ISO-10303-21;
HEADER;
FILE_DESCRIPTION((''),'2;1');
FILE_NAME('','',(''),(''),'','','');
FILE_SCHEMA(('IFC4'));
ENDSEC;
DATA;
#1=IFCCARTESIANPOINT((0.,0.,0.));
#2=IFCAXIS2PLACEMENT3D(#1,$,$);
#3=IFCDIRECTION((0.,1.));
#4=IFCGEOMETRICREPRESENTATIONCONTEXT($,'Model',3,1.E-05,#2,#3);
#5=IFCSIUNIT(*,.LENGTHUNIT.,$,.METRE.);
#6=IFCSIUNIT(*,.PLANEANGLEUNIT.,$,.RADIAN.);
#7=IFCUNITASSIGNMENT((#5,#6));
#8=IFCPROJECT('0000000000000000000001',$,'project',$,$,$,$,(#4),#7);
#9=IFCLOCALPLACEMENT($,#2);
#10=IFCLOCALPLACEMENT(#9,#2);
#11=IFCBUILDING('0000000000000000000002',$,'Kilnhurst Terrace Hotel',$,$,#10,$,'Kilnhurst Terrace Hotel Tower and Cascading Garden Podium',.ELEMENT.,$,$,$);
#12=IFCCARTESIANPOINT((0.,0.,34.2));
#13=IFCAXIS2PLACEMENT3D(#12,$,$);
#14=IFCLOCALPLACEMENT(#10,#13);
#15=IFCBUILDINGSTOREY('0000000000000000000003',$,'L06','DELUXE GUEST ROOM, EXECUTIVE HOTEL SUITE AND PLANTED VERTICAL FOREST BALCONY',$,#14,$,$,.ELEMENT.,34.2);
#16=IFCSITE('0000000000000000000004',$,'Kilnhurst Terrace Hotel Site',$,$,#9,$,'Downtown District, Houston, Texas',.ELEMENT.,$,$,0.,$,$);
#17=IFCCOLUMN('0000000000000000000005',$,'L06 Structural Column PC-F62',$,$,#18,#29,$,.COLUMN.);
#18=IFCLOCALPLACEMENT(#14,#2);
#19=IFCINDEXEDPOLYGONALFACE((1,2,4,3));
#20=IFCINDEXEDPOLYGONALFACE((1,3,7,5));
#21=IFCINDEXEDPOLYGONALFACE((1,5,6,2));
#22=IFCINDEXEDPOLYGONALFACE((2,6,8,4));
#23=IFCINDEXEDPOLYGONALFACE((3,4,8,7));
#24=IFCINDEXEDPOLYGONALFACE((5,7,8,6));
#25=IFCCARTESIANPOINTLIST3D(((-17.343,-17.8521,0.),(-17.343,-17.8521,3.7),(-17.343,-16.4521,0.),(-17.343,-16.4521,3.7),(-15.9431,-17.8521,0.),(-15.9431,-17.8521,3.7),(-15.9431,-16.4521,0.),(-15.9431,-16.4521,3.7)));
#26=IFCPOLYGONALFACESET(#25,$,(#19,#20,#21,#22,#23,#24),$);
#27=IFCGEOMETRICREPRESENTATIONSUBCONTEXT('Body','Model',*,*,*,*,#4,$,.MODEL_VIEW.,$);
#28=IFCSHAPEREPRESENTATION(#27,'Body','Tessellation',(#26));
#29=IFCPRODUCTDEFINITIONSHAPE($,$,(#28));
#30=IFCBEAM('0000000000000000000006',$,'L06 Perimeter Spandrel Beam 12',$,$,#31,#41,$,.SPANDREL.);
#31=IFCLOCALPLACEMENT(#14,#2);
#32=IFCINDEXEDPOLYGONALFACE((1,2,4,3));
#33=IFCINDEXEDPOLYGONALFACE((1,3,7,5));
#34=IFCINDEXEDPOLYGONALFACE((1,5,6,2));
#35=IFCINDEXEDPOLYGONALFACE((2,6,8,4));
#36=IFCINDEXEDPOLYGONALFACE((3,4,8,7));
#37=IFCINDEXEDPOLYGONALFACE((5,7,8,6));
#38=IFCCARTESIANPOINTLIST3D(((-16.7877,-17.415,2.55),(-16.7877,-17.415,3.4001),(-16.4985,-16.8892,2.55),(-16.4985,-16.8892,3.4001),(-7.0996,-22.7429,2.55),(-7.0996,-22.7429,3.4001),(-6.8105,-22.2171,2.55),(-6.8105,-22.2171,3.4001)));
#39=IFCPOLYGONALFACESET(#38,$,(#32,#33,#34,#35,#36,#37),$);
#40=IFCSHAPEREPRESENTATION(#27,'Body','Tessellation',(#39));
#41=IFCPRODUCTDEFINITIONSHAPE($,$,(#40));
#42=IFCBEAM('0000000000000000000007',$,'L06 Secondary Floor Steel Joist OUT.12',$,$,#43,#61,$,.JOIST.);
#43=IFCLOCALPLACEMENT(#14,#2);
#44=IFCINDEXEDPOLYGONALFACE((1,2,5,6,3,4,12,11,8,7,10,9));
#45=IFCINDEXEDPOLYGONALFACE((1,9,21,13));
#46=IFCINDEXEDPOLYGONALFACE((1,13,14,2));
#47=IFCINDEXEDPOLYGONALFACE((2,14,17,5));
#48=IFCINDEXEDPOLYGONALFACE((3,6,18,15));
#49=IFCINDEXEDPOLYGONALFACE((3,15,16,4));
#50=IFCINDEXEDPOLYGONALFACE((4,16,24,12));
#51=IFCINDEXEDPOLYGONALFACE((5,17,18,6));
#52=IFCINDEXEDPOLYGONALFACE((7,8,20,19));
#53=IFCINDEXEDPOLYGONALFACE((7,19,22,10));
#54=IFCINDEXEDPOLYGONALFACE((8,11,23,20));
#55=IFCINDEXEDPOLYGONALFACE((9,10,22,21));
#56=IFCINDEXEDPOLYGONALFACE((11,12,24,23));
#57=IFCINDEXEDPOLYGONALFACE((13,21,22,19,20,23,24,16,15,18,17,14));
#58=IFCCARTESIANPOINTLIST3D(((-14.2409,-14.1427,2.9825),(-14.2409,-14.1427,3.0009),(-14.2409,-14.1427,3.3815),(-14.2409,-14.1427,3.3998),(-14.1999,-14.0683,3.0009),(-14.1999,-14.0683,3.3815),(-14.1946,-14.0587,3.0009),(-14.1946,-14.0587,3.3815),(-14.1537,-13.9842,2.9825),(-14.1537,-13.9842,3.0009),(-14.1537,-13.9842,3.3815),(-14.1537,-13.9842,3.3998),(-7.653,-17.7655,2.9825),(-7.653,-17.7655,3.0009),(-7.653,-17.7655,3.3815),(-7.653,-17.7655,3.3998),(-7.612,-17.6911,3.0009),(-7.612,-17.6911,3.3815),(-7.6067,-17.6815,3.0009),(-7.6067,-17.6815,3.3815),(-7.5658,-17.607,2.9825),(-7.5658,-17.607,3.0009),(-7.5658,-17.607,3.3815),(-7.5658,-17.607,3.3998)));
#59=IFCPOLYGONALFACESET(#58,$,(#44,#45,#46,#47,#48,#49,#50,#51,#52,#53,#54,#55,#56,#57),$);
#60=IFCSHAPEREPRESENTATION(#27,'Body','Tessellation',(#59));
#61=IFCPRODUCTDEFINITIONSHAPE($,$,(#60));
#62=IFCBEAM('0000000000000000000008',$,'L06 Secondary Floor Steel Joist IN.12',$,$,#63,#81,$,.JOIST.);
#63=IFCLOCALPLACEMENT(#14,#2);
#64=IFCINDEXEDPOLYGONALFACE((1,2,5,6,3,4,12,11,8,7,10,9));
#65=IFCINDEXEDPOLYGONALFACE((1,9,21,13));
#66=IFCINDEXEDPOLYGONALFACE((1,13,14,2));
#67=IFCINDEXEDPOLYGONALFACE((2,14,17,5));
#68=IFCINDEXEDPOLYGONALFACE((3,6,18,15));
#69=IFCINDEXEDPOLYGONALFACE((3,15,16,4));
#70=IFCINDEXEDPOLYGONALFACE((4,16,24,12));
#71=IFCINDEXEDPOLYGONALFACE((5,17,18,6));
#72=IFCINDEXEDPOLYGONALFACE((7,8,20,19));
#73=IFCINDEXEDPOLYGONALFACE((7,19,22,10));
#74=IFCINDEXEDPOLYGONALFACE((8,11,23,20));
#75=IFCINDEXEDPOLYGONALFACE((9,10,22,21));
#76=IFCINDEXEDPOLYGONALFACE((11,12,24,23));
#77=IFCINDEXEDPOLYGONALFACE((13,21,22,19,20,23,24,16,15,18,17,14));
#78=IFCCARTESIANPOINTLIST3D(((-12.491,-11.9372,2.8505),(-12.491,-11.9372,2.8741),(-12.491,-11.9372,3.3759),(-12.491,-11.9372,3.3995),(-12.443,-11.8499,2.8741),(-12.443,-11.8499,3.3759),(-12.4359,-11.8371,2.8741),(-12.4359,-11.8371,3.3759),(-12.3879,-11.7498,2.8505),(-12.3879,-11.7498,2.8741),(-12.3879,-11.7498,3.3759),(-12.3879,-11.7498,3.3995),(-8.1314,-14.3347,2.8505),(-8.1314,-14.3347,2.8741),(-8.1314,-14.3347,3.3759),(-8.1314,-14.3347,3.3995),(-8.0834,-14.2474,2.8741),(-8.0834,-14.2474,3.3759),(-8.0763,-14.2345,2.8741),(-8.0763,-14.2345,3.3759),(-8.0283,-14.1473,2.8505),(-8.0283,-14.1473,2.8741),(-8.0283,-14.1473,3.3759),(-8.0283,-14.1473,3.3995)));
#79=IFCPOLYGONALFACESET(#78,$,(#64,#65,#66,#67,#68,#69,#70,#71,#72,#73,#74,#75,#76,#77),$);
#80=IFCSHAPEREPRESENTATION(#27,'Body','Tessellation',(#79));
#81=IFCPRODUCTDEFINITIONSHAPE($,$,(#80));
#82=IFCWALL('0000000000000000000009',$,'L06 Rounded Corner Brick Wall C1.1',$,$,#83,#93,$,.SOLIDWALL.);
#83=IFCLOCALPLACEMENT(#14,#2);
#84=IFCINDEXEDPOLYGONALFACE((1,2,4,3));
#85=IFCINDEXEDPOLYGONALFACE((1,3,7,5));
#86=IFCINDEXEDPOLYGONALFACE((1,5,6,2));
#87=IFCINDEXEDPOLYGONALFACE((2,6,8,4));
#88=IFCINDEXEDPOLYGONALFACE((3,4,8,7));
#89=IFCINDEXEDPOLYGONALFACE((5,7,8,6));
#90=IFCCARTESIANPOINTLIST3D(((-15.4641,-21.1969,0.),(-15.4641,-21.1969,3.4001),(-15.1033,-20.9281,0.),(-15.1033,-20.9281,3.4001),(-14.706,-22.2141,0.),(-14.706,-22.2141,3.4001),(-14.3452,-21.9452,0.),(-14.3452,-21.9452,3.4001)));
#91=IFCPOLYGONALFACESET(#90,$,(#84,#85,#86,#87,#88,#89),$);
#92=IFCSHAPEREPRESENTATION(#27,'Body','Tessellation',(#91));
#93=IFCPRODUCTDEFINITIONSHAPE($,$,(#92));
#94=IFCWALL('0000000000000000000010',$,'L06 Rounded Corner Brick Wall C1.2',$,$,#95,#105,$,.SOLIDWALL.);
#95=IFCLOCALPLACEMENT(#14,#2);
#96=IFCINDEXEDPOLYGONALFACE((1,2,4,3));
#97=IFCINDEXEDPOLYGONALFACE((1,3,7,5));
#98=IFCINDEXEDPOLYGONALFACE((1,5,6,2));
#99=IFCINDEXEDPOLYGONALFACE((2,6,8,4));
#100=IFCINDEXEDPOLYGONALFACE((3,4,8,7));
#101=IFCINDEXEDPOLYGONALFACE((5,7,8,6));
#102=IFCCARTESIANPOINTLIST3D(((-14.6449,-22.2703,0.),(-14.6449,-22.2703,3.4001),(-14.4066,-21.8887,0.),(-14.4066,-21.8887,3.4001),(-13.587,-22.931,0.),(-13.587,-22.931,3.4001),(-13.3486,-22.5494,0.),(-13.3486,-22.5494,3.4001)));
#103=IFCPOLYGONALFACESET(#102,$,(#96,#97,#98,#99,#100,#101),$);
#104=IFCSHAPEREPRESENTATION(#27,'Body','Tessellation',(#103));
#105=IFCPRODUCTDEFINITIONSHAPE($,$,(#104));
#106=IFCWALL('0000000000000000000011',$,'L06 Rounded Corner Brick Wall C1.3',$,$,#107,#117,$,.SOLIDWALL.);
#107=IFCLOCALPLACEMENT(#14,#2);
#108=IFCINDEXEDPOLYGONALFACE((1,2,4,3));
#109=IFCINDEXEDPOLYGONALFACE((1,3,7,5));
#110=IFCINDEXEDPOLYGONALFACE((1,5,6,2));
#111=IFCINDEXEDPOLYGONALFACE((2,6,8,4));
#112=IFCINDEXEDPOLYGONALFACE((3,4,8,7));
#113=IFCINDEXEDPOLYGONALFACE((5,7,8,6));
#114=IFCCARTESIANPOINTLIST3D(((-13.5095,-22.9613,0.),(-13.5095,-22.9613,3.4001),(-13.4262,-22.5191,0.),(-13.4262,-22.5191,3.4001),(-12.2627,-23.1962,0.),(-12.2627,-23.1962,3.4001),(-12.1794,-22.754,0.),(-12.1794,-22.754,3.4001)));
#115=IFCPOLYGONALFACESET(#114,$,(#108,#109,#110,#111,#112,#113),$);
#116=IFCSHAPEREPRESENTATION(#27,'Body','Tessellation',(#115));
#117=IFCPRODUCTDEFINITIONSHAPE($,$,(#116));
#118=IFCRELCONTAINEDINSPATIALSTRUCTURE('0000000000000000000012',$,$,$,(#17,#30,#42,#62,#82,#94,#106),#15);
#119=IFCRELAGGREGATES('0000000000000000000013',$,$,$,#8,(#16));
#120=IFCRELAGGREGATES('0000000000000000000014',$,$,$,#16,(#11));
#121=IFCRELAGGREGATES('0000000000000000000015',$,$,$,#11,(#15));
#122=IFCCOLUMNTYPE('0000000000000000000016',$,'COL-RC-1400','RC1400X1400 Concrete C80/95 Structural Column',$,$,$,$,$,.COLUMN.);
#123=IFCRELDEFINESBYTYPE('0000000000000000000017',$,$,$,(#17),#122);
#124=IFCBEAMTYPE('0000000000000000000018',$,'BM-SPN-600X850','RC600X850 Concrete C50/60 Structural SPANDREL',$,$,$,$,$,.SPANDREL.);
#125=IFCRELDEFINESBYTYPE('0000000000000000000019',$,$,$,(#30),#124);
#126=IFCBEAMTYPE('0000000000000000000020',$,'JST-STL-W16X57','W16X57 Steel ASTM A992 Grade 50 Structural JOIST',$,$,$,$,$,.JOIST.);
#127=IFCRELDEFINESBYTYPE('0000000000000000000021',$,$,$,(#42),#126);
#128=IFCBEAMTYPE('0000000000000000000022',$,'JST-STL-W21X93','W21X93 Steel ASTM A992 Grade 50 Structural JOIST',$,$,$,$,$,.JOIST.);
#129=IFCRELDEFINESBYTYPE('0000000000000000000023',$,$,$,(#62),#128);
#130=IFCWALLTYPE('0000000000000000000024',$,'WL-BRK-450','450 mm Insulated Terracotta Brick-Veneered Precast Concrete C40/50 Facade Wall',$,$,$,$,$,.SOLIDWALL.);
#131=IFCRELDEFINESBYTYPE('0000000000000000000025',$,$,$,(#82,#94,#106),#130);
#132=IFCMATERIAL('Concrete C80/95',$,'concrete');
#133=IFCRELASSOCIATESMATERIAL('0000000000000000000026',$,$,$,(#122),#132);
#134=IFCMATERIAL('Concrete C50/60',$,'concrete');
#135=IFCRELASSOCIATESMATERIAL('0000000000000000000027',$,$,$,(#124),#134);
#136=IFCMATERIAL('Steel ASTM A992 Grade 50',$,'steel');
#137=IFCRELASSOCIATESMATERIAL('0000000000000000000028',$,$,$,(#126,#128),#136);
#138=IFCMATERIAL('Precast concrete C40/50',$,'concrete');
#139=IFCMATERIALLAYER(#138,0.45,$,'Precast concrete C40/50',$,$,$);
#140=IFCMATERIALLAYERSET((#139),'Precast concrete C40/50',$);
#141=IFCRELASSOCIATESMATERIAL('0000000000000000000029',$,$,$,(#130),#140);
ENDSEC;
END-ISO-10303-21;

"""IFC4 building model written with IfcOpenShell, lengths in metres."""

from ifc_helpers import new_model, si_unit, direction, frame, frame_2d, origin, origin_2d, place, context, subcontext, project, spatial, rectangle, i_section, extrude, material, layer, layer_set, material_profile, profile_set, type_object, element, save


model = new_model("IFC4")

# Units and contexts
model_context = context("Model", 3, precision=1e-05, world=origin(), true_north=direction((0.0, 1.0)))
body_context = subcontext(model_context, "Body", "Model", "MODEL_VIEW")
ifc_project = project(units=[si_unit("LENGTHUNIT", "METRE"), si_unit("PLANEANGLEUNIT", "RADIAN")], contexts=[model_context])

# Site, building, storey
site_placement = place(None, origin())
site = spatial("IfcSite", under=ifc_project, at=site_placement, Name="Kilnhurst Terrace Hotel Site", LongName="Downtown District, Houston, Texas", CompositionType="ELEMENT", RefElevation=0.0)
building_placement = place(site_placement, origin())
building = spatial("IfcBuilding", under=site, at=building_placement, Name="Kilnhurst Terrace Hotel", LongName="Kilnhurst Terrace Hotel Tower and Cascading Garden Podium", CompositionType="ELEMENT")
storey_placement = place(building_placement, frame((0.0, 0.0, 34.2)))
storey = spatial("IfcBuildingStorey", under=building, at=storey_placement, Name="L06", Description="DELUXE GUEST ROOM, EXECUTIVE HOTEL SUITE AND PLANTED VERTICAL FOREST BALCONY", CompositionType="ELEMENT", Elevation=34.2)

# Column
ifc_material_1 = material(Name="Concrete C80/95", Category="concrete")
ifc_material_profile_1 = material_profile(ifc_material_1, rectangle(XDim=1.3999, YDim=1.3999, at=origin_2d()), Name="RC1400X1400")
ifc_profile_set_1 = profile_set([ifc_material_profile_1], Name="Concrete C80/95")
column_type = type_object("IfcColumnType", Name="COL-RC-1400", Description="RC1400X1400 Concrete C80/95 Structural Column", PredefinedType="COLUMN", material=ifc_profile_set_1)
column_placement = place(storey_placement, frame((-16.6431, -17.1521, 0.0), z_axis=(0.0, 0.0, 1.0), x_axis=(1.0, 0.0, 0.0)))
element("IfcColumn", 1, at=column_placement, inside=storey, type_object=column_type, Name="L06 Structural Column PC-F62", PredefinedType="COLUMN", context=body_context, shape_type="SweptSolid", body=[
    extrude(rectangle(XDim=1.3999, YDim=1.3999, at=origin_2d()), origin(), (0.0, 0.0, 1.0), 3.7),
])

# Beams
ifc_material_2 = material(Name="Concrete C50/60", Category="concrete")
ifc_material_profile_2 = material_profile(ifc_material_2, rectangle(XDim=0.6001, YDim=0.8501, at=origin_2d()), Name="RC600X850")
ifc_profile_set_2 = profile_set([ifc_material_profile_2], Name="Concrete C50/60")
beam_type_1 = type_object("IfcBeamType", Name="BM-SPN-600X850", Description="RC600X850 Concrete C50/60 Structural SPANDREL", PredefinedType="SPANDREL", material=ifc_profile_set_2)
beam_1_placement = place(storey_placement, frame((-16.6431, -17.1521, 2.9751), z_axis=(0.876235, -0.481883, 0.0), x_axis=(0.481883, 0.876235, 0.0)))
element("IfcBeam", 2, at=beam_1_placement, inside=storey, type_object=beam_type_1, Name="L06 Perimeter Spandrel Beam 12", PredefinedType="SPANDREL", context=body_context, shape_type="SweptSolid", body=[
    extrude(rectangle(XDim=0.6001, YDim=0.8501, at=origin_2d()), origin(), (0.0, 0.0, 1.0), 11.0564),
])
ifc_material_3 = material(Name="Steel ASTM A992 Grade 50", Category="steel")
ifc_material_profile_3 = material_profile(ifc_material_3, i_section(OverallWidth=0.1809, OverallDepth=0.4172, WebThickness=0.011, FlangeThickness=0.0183, at=origin_2d()), Name="W16X57")
ifc_profile_set_3 = profile_set([ifc_material_profile_3], Name="Steel ASTM A992 Grade 50")
beam_type_2 = type_object("IfcBeamType", Name="JST-STL-W16X57", Description="W16X57 Steel ASTM A992 Grade 50 Structural JOIST", PredefinedType="JOIST", material=ifc_profile_set_3)
beam_2_placement = place(storey_placement, frame((-14.1973, -14.0635, 3.1912), z_axis=(0.876246, -0.481864, 0.0), x_axis=(0.481864, 0.876246, 0.0)))
element("IfcBeam", 3, at=beam_2_placement, inside=storey, type_object=beam_type_2, Name="L06 Secondary Floor Steel Joist OUT.12", PredefinedType="JOIST", context=body_context, shape_type="SweptSolid", body=[
    extrude(i_section(OverallWidth=0.1809, OverallDepth=0.4172, WebThickness=0.011, FlangeThickness=0.0183, at=origin_2d()), origin(), (0.0, 0.0, 1.0), 7.5183),
])
ifc_material_profile_4 = material_profile(ifc_material_3, i_section(OverallWidth=0.2139, OverallDepth=0.5491, WebThickness=0.0146, FlangeThickness=0.0237, at=origin_2d()), Name="W21X93")
ifc_profile_set_4 = profile_set([ifc_material_profile_4], Name="Steel ASTM A992 Grade 50")
beam_type_3 = type_object("IfcBeamType", Name="JST-STL-W21X93", Description="W21X93 Steel ASTM A992 Grade 50 Structural JOIST", PredefinedType="JOIST", material=ifc_profile_set_4)
beam_3_placement = place(storey_placement, frame((-12.4395, -11.8435, 3.125), z_axis=(0.876244, -0.481868, 0.0), x_axis=(0.481868, 0.876244, 0.0)))
element("IfcBeam", 4, at=beam_3_placement, inside=storey, type_object=beam_type_3, Name="L06 Secondary Floor Steel Joist IN.12", PredefinedType="JOIST", context=body_context, shape_type="SweptSolid", body=[
    extrude(i_section(OverallWidth=0.2139, OverallDepth=0.5491, WebThickness=0.0146, FlangeThickness=0.0237, at=origin_2d()), origin(), (0.0, 0.0, 1.0), 4.9753),
])

# Walls
ifc_material_4 = material(Name="Precast concrete C40/50", Category="concrete")
ifc_layer_1 = layer(ifc_material_4, 0.45, Name="Precast concrete C40/50")
ifc_layer_set_1 = layer_set([ifc_layer_1], Name="Precast concrete C40/50")
wall_type_1 = type_object("IfcWallType", Name="WL-BRK-450", Description="450 mm Insulated Terracotta Brick-Veneered Precast Concrete C40/50 Facade Wall", PredefinedType="SOLIDWALL", material=ifc_layer_set_1)
wall_1_placement = place(storey_placement, frame((-15.2837, -21.0625, 0.0), z_axis=(0.0, 0.0, 1.0), x_axis=(0.597595, -0.801798, 0.0)))
element("IfcWall", 5, at=wall_1_placement, inside=storey, type_object=wall_type_1, Name="L06 Rounded Corner Brick Wall C1.1", PredefinedType="SOLIDWALL", context=body_context, shape_type="SweptSolid", body=[
    extrude(rectangle(XDim=1.2686, YDim=0.45, at=frame_2d((0.6343, 0.0))), origin(), (0.0, 0.0, 1.0), 3.4001),
])
wall_2_placement = place(storey_placement, frame((-14.5256, -22.0796, 0.0), z_axis=(0.0, 0.0, 1.0), x_axis=(0.848185, -0.5297, 0.0)))
element("IfcWall", 6, at=wall_2_placement, inside=storey, type_object=wall_type_1, Name="L06 Rounded Corner Brick Wall C1.2", PredefinedType="SOLIDWALL", context=body_context, shape_type="SweptSolid", body=[
    extrude(rectangle(XDim=1.2473, YDim=0.45, at=frame_2d((0.6235, 0.0))), origin(), (0.0, 0.0, 1.0), 3.4001),
])
wall_3_placement = place(storey_placement, frame((-13.4678, -22.7402, 0.0), z_axis=(0.0, 0.0, 1.0), x_axis=(0.982717, -0.185113, 0.0)))
element("IfcWall", 7, at=wall_3_placement, inside=storey, type_object=wall_type_1, Name="L06 Rounded Corner Brick Wall C1.3", PredefinedType="SOLIDWALL", context=body_context, shape_type="SweptSolid", body=[
    extrude(rectangle(XDim=1.2688, YDim=0.45, at=frame_2d((0.6343, 0.0))), origin(), (0.0, 0.0, 1.0), 3.4001),
])

save(model, "model.ifc")
